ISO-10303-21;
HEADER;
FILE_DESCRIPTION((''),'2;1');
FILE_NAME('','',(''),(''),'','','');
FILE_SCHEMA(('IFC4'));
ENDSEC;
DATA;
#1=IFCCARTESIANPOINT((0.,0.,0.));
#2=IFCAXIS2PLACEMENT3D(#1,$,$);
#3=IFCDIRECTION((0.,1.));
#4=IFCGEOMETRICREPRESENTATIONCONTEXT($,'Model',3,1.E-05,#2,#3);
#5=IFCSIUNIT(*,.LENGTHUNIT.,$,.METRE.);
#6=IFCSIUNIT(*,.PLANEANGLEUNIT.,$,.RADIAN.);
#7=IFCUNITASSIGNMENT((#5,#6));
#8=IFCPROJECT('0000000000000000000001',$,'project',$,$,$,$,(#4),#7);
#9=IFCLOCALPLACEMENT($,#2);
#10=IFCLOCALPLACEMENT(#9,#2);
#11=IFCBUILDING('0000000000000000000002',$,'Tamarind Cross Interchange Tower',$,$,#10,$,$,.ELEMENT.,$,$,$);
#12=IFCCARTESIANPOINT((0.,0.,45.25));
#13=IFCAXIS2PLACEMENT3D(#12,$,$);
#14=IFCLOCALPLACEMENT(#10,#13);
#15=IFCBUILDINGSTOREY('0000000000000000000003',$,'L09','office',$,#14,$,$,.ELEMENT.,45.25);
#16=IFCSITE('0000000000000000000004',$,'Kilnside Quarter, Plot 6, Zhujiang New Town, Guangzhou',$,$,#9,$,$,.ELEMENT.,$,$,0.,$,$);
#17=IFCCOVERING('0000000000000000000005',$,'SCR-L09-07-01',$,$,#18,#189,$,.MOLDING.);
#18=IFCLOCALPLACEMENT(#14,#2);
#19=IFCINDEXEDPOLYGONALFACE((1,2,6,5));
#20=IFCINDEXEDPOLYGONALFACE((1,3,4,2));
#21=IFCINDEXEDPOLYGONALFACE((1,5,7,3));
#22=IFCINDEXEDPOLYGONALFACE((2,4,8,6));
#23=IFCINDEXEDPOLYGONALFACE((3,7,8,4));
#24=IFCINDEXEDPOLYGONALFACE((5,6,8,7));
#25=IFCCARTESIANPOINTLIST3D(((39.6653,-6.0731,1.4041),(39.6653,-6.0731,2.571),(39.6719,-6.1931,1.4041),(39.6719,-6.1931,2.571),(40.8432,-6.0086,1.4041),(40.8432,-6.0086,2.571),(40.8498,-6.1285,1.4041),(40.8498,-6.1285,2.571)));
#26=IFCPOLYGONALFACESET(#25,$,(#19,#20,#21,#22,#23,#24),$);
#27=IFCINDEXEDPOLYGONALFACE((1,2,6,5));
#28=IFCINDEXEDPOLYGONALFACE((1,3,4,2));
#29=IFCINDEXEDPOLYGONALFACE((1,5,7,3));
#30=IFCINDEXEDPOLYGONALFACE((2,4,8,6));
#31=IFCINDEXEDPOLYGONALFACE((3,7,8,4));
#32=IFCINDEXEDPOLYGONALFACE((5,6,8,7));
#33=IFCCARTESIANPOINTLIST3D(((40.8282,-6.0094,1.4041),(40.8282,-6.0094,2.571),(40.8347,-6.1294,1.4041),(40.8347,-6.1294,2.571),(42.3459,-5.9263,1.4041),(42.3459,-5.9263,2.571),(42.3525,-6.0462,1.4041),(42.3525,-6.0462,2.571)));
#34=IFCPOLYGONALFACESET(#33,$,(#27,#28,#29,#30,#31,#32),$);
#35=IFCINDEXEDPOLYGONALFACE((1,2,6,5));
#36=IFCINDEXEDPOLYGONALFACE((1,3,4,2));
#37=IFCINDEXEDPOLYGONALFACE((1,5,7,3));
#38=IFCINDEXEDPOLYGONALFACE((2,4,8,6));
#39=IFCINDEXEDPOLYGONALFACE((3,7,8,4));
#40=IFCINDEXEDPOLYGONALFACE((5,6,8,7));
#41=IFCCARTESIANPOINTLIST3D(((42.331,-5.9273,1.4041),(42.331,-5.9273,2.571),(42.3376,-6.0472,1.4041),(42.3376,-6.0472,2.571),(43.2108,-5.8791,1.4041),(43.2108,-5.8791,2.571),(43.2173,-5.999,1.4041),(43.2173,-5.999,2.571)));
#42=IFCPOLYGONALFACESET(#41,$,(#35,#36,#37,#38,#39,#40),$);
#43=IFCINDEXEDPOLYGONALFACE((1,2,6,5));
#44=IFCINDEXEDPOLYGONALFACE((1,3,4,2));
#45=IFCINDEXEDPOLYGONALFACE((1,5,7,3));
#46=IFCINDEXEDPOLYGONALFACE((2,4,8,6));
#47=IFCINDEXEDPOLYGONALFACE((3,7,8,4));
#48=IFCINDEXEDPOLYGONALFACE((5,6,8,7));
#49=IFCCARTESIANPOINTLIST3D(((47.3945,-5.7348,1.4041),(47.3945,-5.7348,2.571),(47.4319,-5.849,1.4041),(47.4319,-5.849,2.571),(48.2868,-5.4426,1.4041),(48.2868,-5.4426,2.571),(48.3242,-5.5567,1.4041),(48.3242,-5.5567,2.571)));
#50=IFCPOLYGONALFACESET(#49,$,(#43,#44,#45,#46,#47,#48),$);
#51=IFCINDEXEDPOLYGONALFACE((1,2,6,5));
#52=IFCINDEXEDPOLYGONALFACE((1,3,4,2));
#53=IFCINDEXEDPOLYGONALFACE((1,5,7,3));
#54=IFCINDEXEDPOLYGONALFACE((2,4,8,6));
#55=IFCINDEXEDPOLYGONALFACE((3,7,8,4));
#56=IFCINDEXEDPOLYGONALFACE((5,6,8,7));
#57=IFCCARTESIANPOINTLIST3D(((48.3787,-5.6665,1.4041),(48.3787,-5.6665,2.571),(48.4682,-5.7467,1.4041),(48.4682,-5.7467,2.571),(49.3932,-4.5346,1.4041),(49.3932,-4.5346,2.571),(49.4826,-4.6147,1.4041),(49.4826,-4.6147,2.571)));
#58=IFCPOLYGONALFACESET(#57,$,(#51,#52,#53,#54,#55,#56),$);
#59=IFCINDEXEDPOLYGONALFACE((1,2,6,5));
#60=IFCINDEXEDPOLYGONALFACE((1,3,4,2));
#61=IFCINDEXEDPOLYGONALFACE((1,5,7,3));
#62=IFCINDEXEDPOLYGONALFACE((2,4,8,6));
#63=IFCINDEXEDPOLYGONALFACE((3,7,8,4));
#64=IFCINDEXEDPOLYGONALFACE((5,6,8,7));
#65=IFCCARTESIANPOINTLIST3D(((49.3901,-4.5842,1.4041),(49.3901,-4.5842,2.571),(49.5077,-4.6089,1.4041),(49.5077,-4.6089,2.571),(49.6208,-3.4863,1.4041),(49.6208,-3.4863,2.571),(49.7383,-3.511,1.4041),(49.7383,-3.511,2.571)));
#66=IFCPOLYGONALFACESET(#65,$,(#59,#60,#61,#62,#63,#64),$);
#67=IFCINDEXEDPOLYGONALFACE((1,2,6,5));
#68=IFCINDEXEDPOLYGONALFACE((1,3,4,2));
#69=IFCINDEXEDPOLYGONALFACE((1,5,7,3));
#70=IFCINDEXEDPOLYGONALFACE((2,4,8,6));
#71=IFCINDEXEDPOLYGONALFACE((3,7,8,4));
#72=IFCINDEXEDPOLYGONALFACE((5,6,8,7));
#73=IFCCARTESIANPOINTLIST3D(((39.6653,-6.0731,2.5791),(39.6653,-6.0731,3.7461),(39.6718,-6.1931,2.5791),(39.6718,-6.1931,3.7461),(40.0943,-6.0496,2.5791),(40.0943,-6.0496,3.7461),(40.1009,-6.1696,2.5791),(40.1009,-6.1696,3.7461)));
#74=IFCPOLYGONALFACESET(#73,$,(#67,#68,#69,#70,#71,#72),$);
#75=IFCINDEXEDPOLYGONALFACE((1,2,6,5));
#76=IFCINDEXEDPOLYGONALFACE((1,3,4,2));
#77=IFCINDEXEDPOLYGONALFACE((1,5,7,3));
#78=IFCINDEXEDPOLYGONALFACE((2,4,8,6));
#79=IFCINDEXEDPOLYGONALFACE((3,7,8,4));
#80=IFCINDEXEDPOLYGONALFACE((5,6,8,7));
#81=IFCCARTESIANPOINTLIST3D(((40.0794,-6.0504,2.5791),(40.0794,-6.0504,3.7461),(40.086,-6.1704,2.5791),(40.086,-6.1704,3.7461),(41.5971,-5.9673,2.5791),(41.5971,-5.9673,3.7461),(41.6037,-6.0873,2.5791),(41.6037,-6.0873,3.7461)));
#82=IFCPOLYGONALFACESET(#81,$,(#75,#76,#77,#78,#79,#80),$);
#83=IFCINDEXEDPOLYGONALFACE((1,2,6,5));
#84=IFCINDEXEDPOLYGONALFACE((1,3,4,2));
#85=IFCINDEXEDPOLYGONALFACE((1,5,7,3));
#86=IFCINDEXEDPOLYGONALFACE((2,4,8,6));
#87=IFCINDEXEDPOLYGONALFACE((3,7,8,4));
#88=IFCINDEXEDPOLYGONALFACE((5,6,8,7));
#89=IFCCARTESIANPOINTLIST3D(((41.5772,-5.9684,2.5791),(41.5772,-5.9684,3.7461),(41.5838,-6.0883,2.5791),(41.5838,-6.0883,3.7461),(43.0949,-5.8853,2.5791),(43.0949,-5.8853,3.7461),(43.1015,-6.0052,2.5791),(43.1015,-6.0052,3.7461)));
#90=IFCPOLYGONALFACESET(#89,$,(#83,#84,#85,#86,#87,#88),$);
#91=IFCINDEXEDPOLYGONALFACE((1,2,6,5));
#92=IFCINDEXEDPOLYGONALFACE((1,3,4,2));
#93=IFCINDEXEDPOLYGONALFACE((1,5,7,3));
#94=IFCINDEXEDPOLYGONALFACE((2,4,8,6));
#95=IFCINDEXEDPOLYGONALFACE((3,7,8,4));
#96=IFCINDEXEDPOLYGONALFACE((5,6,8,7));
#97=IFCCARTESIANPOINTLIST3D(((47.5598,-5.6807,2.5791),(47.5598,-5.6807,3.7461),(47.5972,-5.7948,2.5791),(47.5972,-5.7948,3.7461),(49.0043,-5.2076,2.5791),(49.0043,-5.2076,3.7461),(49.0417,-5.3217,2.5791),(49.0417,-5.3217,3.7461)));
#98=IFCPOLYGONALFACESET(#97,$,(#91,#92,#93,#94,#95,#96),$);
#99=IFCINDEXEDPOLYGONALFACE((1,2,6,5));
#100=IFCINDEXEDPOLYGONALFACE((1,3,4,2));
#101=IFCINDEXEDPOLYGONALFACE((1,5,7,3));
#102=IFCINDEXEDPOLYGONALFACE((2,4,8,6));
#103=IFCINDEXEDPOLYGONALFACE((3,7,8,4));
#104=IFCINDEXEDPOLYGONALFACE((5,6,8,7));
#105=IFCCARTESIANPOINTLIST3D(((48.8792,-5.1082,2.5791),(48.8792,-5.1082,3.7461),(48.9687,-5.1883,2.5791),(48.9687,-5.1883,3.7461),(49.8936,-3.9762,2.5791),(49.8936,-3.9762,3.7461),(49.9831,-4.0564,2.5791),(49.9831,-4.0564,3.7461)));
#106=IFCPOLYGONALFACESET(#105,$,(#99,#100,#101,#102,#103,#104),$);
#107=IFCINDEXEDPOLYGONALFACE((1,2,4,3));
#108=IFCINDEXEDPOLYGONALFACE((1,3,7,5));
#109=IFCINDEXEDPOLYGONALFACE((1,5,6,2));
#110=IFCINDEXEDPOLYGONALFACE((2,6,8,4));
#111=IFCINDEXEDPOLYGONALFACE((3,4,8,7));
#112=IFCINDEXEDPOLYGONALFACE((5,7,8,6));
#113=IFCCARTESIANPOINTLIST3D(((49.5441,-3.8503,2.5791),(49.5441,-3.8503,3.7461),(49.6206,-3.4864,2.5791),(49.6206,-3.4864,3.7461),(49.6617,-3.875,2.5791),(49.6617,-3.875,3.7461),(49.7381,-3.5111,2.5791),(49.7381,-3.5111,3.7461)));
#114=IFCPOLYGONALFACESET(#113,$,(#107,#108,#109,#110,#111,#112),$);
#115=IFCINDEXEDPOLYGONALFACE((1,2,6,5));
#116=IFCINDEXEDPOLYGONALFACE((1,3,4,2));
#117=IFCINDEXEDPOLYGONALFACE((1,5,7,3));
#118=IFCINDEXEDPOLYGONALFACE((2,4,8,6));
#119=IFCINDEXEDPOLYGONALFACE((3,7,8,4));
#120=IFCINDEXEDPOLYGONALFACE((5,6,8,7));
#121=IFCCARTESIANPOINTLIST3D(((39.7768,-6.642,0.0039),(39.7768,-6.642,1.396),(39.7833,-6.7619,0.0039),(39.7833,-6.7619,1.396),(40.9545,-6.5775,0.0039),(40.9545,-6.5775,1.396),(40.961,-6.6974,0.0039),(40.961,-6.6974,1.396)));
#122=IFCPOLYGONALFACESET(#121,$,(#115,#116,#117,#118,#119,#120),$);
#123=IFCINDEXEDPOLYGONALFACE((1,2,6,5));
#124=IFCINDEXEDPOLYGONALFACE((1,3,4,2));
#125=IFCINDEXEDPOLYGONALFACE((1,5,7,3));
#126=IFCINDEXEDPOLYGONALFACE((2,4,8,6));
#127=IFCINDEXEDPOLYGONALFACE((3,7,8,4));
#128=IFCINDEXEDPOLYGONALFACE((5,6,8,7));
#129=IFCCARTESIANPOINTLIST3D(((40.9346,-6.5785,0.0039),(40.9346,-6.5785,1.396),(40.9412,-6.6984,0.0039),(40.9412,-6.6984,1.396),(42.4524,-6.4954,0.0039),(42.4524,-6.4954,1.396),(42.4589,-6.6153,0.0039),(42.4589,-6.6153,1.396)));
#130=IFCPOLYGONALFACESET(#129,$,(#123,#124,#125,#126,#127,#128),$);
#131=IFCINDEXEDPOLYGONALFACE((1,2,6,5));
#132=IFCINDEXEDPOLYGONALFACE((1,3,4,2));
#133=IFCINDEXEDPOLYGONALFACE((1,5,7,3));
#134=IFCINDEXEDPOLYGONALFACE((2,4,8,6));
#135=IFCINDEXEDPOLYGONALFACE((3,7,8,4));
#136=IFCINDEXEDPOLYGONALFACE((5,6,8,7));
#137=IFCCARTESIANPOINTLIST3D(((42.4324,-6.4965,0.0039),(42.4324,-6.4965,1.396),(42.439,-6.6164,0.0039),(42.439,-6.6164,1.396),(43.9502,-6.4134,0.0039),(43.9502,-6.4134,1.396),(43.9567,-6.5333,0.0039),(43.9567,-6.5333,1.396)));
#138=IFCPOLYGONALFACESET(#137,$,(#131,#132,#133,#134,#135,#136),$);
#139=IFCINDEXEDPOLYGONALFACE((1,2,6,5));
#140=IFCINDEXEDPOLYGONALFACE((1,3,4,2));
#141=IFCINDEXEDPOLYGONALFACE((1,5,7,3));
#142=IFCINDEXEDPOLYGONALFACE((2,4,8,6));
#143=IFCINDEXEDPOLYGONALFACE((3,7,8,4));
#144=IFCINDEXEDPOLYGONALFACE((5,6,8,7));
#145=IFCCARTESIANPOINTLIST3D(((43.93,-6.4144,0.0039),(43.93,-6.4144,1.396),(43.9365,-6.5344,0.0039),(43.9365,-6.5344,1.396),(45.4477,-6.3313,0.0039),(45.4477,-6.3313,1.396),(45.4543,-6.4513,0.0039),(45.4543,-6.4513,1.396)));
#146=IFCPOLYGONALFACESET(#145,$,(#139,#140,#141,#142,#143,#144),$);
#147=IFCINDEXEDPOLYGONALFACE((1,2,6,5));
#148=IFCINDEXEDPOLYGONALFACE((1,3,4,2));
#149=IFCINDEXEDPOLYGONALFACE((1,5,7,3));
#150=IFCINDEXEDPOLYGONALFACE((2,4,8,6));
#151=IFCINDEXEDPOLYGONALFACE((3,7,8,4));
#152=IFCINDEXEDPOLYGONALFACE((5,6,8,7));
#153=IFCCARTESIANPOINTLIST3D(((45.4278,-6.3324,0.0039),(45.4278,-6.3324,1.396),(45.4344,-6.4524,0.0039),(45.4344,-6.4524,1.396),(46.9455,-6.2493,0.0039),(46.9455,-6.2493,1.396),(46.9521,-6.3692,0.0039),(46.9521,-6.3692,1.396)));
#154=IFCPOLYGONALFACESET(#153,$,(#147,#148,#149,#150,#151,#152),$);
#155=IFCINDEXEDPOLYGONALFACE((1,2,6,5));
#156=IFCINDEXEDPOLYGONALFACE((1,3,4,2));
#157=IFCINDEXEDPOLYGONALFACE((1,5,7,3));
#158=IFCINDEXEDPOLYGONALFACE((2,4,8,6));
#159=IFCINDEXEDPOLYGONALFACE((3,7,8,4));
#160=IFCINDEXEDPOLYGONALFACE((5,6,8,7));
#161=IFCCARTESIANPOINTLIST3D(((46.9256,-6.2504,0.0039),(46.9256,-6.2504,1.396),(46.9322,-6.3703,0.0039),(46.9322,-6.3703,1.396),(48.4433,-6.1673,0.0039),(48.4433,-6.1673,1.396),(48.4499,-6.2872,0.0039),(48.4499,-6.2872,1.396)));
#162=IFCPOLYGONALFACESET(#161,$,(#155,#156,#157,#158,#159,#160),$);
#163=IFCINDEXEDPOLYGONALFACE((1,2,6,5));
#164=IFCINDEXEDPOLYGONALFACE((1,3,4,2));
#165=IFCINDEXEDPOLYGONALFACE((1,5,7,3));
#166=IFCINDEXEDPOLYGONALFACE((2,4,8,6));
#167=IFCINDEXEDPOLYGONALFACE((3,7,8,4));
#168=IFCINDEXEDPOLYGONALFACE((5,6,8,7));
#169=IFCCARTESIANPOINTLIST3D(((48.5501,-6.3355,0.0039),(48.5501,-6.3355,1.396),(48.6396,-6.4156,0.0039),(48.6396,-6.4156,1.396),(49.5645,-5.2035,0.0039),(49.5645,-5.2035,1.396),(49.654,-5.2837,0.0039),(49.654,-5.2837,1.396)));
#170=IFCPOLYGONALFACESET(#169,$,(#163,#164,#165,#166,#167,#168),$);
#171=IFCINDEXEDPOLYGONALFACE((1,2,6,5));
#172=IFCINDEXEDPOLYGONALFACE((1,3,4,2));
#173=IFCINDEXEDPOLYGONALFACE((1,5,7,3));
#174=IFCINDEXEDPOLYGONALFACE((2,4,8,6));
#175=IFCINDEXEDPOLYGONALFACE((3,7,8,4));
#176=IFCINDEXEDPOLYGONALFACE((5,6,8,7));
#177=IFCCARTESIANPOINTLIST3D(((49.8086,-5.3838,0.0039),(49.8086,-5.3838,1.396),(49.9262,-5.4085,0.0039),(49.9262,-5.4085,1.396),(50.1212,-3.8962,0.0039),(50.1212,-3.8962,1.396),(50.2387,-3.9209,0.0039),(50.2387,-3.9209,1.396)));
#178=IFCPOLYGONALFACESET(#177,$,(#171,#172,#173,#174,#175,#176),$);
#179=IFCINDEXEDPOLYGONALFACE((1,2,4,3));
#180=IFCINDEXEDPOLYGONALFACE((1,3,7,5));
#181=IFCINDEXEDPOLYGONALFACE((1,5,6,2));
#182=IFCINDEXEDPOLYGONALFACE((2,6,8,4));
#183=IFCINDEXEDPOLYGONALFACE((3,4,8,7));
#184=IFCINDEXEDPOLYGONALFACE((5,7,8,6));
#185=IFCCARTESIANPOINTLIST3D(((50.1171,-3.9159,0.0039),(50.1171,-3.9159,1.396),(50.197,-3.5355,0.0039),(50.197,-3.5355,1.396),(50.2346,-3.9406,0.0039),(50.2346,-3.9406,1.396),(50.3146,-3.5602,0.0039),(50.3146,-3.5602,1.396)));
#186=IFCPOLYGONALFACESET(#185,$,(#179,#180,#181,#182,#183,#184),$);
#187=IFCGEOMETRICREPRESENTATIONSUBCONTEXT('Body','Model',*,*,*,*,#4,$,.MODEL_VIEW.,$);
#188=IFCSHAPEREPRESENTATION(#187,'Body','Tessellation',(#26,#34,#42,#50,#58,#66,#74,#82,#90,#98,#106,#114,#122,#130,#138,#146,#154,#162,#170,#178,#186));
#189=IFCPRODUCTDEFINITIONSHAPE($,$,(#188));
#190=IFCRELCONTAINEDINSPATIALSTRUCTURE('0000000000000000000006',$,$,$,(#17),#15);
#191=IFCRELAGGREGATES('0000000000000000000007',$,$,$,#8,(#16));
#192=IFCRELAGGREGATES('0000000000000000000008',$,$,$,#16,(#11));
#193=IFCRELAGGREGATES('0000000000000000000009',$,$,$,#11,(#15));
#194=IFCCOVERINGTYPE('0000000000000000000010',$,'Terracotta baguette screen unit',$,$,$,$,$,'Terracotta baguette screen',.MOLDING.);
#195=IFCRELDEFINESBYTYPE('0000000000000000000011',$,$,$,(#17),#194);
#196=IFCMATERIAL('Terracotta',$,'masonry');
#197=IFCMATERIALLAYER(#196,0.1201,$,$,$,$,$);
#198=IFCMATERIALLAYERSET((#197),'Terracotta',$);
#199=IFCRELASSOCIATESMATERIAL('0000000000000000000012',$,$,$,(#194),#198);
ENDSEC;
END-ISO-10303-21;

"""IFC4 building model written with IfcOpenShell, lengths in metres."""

from ifc_helpers import new_model, si_unit, direction, frame, origin, origin_2d, place, context, subcontext, project, spatial, rectangle, extrude, material, layer, layer_set, type_object, element, save


model = new_model("IFC4")

# Units and contexts
model_context = context("Model", 3, precision=1e-05, world=origin(), true_north=direction((0.0, 1.0)))
body_context = subcontext(model_context, "Body", "Model", "MODEL_VIEW")
ifc_project = project(units=[si_unit("LENGTHUNIT", "METRE"), si_unit("PLANEANGLEUNIT", "RADIAN")], contexts=[model_context])

# Site, building, storey
site_placement = place(None, origin())
site = spatial("IfcSite", under=ifc_project, at=site_placement, Name="Kilnside Quarter, Plot 6, Zhujiang New Town, Guangzhou", CompositionType="ELEMENT", RefElevation=0.0)
building_placement = place(site_placement, origin())
building = spatial("IfcBuilding", under=site, at=building_placement, Name="Tamarind Cross Interchange Tower", CompositionType="ELEMENT")
storey_placement = place(building_placement, frame((0.0, 0.0, 45.25)))
storey = spatial("IfcBuildingStorey", under=building, at=storey_placement, Name="L09", Description="office", CompositionType="ELEMENT", Elevation=45.25)

# Covering
ifc_material_1 = material(Name="Terracotta", Category="masonry")
ifc_layer_1 = layer(ifc_material_1, 0.1201)
ifc_layer_set_1 = layer_set([ifc_layer_1], Name="Terracotta")
covering_type = type_object("IfcCoveringType", Name="Terracotta baguette screen unit", ElementType="Terracotta baguette screen", PredefinedType="MOLDING", material=ifc_layer_set_1)
covering_1_placement = place(storey_placement, origin())
element("IfcCovering", 1, at=covering_1_placement, inside=storey, type_object=covering_type, Name="SCR-L09-07-01", PredefinedType="MOLDING", context=body_context, shape_type="SweptSolid", body=[
    extrude(rectangle(XDim=1.1797, YDim=0.1201, at=origin_2d()), frame((40.2576, -6.1008, 1.4041), z_axis=(0.0, 0.0, 1.0), x_axis=(0.998504, 0.054678, 0.0)), (0.0, 0.0, 1.0), 1.167),
    extrude(rectangle(XDim=1.52, YDim=0.1201, at=origin_2d()), frame((41.5903, -6.0278, 1.4041), z_axis=(0.0, 0.0, 1.0), x_axis=(0.998504, 0.054678, 0.0)), (0.0, 0.0, 1.0), 1.167),
    extrude(rectangle(XDim=0.8811, YDim=0.1201, at=origin_2d()), frame((42.7742, -5.9631, 1.4041), z_axis=(0.0, 0.0, 1.0), x_axis=(0.998504, 0.054678, 0.0)), (0.0, 0.0, 1.0), 1.167),
    extrude(rectangle(XDim=0.939, YDim=0.1201, at=origin_2d()), frame((47.8594, -5.6458, 1.4041), z_axis=(0.0, 0.0, 1.0), x_axis=(0.950329, 0.311247, 0.0)), (0.0, 0.0, 1.0), 1.167),
    extrude(rectangle(XDim=1.52, YDim=0.1201, at=origin_2d()), frame((48.9307, -5.1406, 1.4041), z_axis=(0.0, 0.0, 1.0), x_axis=(0.667386, 0.744712, 0.0)), (0.0, 0.0, 1.0), 1.167),
    extrude(rectangle(XDim=1.1218, YDim=0.1201, at=origin_2d()), frame((49.5642, -4.0476, 1.4041), z_axis=(0.0, 0.0, 1.0), x_axis=(0.205617, 0.978633, 0.0)), (0.0, 0.0, 1.0), 1.167),
    extrude(rectangle(XDim=0.4297, YDim=0.1201, at=origin_2d()), frame((39.8831, -6.1213, 2.5791), z_axis=(0.0, 0.0, 1.0), x_axis=(0.998504, 0.054678, 0.0)), (0.0, 0.0, 1.0), 1.167),
    extrude(rectangle(XDim=1.52, YDim=0.1201, at=origin_2d()), frame((40.8416, -6.0688, 2.5791), z_axis=(0.0, 0.0, 1.0), x_axis=(0.998504, 0.054678, 0.0)), (0.0, 0.0, 1.0), 1.167),
    extrude(rectangle(XDim=1.52, YDim=0.1201, at=origin_2d()), frame((42.3394, -5.9868, 2.5791), z_axis=(0.0, 0.0, 1.0), x_axis=(0.998504, 0.054678, 0.0)), (0.0, 0.0, 1.0), 1.167),
    extrude(rectangle(XDim=1.52, YDim=0.1201, at=origin_2d()), frame((48.3008, -5.5012, 2.5791), z_axis=(0.0, 0.0, 1.0), x_axis=(0.950329, 0.311247, 0.0)), (0.0, 0.0, 1.0), 1.167),
    extrude(rectangle(XDim=1.52, YDim=0.1201, at=origin_2d()), frame((49.4312, -4.5823, 2.5791), z_axis=(0.0, 0.0, 1.0), x_axis=(0.667386, 0.744712, 0.0)), (0.0, 0.0, 1.0), 1.167),
    extrude(rectangle(XDim=0.3718, YDim=0.1201, at=origin_2d()), frame((49.6411, -3.6807, 2.5791), z_axis=(0.0, 0.0, 1.0), x_axis=(0.205617, 0.978633, 0.0)), (0.0, 0.0, 1.0), 1.167),
    extrude(rectangle(XDim=1.1794, YDim=0.1201, at=origin_2d()), frame((40.3689, -6.6697, 0.0039), z_axis=(0.0, 0.0, 1.0), x_axis=(0.998504, 0.054678, 0.0)), (0.0, 0.0, 1.0), 1.3921),
    extrude(rectangle(XDim=1.52, YDim=0.1201, at=origin_2d()), frame((41.6968, -6.5969, 0.0039), z_axis=(0.0, 0.0, 1.0), x_axis=(0.998504, 0.054678, 0.0)), (0.0, 0.0, 1.0), 1.3921),
    extrude(rectangle(XDim=1.52, YDim=0.1201, at=origin_2d()), frame((43.1946, -6.5149, 0.0039), z_axis=(0.0, 0.0, 1.0), x_axis=(0.998504, 0.054678, 0.0)), (0.0, 0.0, 1.0), 1.3921),
    extrude(rectangle(XDim=1.52, YDim=0.1201, at=origin_2d()), frame((44.6921, -6.4329, 0.0039), z_axis=(0.0, 0.0, 1.0), x_axis=(0.998504, 0.054678, 0.0)), (0.0, 0.0, 1.0), 1.3921),
    extrude(rectangle(XDim=1.52, YDim=0.1201, at=origin_2d()), frame((46.1899, -6.3508, 0.0039), z_axis=(0.0, 0.0, 1.0), x_axis=(0.998504, 0.054678, 0.0)), (0.0, 0.0, 1.0), 1.3921),
    extrude(rectangle(XDim=1.52, YDim=0.1201, at=origin_2d()), frame((47.6877, -6.2688, 0.0039), z_axis=(0.0, 0.0, 1.0), x_axis=(0.998504, 0.054678, 0.0)), (0.0, 0.0, 1.0), 1.3921),
    extrude(rectangle(XDim=1.52, YDim=0.1201, at=origin_2d()), frame((49.1021, -5.8096, 0.0039), z_axis=(0.0, 0.0, 1.0), x_axis=(0.667386, 0.744712, 0.0)), (0.0, 0.0, 1.0), 1.3921),
    extrude(rectangle(XDim=1.52, YDim=0.1201, at=origin_2d()), frame((50.0237, -4.6523, 0.0039), z_axis=(0.0, 0.0, 1.0), x_axis=(0.205617, 0.978633, 0.0)), (0.0, 0.0, 1.0), 1.3921),
    extrude(rectangle(XDim=0.3887, YDim=0.1201, at=origin_2d()), frame((50.2158, -3.738, 0.0039), z_axis=(0.0, 0.0, 1.0), x_axis=(0.205617, 0.978633, 0.0)), (0.0, 0.0, 1.0), 1.3921),
])

save(model, "model.ifc")
